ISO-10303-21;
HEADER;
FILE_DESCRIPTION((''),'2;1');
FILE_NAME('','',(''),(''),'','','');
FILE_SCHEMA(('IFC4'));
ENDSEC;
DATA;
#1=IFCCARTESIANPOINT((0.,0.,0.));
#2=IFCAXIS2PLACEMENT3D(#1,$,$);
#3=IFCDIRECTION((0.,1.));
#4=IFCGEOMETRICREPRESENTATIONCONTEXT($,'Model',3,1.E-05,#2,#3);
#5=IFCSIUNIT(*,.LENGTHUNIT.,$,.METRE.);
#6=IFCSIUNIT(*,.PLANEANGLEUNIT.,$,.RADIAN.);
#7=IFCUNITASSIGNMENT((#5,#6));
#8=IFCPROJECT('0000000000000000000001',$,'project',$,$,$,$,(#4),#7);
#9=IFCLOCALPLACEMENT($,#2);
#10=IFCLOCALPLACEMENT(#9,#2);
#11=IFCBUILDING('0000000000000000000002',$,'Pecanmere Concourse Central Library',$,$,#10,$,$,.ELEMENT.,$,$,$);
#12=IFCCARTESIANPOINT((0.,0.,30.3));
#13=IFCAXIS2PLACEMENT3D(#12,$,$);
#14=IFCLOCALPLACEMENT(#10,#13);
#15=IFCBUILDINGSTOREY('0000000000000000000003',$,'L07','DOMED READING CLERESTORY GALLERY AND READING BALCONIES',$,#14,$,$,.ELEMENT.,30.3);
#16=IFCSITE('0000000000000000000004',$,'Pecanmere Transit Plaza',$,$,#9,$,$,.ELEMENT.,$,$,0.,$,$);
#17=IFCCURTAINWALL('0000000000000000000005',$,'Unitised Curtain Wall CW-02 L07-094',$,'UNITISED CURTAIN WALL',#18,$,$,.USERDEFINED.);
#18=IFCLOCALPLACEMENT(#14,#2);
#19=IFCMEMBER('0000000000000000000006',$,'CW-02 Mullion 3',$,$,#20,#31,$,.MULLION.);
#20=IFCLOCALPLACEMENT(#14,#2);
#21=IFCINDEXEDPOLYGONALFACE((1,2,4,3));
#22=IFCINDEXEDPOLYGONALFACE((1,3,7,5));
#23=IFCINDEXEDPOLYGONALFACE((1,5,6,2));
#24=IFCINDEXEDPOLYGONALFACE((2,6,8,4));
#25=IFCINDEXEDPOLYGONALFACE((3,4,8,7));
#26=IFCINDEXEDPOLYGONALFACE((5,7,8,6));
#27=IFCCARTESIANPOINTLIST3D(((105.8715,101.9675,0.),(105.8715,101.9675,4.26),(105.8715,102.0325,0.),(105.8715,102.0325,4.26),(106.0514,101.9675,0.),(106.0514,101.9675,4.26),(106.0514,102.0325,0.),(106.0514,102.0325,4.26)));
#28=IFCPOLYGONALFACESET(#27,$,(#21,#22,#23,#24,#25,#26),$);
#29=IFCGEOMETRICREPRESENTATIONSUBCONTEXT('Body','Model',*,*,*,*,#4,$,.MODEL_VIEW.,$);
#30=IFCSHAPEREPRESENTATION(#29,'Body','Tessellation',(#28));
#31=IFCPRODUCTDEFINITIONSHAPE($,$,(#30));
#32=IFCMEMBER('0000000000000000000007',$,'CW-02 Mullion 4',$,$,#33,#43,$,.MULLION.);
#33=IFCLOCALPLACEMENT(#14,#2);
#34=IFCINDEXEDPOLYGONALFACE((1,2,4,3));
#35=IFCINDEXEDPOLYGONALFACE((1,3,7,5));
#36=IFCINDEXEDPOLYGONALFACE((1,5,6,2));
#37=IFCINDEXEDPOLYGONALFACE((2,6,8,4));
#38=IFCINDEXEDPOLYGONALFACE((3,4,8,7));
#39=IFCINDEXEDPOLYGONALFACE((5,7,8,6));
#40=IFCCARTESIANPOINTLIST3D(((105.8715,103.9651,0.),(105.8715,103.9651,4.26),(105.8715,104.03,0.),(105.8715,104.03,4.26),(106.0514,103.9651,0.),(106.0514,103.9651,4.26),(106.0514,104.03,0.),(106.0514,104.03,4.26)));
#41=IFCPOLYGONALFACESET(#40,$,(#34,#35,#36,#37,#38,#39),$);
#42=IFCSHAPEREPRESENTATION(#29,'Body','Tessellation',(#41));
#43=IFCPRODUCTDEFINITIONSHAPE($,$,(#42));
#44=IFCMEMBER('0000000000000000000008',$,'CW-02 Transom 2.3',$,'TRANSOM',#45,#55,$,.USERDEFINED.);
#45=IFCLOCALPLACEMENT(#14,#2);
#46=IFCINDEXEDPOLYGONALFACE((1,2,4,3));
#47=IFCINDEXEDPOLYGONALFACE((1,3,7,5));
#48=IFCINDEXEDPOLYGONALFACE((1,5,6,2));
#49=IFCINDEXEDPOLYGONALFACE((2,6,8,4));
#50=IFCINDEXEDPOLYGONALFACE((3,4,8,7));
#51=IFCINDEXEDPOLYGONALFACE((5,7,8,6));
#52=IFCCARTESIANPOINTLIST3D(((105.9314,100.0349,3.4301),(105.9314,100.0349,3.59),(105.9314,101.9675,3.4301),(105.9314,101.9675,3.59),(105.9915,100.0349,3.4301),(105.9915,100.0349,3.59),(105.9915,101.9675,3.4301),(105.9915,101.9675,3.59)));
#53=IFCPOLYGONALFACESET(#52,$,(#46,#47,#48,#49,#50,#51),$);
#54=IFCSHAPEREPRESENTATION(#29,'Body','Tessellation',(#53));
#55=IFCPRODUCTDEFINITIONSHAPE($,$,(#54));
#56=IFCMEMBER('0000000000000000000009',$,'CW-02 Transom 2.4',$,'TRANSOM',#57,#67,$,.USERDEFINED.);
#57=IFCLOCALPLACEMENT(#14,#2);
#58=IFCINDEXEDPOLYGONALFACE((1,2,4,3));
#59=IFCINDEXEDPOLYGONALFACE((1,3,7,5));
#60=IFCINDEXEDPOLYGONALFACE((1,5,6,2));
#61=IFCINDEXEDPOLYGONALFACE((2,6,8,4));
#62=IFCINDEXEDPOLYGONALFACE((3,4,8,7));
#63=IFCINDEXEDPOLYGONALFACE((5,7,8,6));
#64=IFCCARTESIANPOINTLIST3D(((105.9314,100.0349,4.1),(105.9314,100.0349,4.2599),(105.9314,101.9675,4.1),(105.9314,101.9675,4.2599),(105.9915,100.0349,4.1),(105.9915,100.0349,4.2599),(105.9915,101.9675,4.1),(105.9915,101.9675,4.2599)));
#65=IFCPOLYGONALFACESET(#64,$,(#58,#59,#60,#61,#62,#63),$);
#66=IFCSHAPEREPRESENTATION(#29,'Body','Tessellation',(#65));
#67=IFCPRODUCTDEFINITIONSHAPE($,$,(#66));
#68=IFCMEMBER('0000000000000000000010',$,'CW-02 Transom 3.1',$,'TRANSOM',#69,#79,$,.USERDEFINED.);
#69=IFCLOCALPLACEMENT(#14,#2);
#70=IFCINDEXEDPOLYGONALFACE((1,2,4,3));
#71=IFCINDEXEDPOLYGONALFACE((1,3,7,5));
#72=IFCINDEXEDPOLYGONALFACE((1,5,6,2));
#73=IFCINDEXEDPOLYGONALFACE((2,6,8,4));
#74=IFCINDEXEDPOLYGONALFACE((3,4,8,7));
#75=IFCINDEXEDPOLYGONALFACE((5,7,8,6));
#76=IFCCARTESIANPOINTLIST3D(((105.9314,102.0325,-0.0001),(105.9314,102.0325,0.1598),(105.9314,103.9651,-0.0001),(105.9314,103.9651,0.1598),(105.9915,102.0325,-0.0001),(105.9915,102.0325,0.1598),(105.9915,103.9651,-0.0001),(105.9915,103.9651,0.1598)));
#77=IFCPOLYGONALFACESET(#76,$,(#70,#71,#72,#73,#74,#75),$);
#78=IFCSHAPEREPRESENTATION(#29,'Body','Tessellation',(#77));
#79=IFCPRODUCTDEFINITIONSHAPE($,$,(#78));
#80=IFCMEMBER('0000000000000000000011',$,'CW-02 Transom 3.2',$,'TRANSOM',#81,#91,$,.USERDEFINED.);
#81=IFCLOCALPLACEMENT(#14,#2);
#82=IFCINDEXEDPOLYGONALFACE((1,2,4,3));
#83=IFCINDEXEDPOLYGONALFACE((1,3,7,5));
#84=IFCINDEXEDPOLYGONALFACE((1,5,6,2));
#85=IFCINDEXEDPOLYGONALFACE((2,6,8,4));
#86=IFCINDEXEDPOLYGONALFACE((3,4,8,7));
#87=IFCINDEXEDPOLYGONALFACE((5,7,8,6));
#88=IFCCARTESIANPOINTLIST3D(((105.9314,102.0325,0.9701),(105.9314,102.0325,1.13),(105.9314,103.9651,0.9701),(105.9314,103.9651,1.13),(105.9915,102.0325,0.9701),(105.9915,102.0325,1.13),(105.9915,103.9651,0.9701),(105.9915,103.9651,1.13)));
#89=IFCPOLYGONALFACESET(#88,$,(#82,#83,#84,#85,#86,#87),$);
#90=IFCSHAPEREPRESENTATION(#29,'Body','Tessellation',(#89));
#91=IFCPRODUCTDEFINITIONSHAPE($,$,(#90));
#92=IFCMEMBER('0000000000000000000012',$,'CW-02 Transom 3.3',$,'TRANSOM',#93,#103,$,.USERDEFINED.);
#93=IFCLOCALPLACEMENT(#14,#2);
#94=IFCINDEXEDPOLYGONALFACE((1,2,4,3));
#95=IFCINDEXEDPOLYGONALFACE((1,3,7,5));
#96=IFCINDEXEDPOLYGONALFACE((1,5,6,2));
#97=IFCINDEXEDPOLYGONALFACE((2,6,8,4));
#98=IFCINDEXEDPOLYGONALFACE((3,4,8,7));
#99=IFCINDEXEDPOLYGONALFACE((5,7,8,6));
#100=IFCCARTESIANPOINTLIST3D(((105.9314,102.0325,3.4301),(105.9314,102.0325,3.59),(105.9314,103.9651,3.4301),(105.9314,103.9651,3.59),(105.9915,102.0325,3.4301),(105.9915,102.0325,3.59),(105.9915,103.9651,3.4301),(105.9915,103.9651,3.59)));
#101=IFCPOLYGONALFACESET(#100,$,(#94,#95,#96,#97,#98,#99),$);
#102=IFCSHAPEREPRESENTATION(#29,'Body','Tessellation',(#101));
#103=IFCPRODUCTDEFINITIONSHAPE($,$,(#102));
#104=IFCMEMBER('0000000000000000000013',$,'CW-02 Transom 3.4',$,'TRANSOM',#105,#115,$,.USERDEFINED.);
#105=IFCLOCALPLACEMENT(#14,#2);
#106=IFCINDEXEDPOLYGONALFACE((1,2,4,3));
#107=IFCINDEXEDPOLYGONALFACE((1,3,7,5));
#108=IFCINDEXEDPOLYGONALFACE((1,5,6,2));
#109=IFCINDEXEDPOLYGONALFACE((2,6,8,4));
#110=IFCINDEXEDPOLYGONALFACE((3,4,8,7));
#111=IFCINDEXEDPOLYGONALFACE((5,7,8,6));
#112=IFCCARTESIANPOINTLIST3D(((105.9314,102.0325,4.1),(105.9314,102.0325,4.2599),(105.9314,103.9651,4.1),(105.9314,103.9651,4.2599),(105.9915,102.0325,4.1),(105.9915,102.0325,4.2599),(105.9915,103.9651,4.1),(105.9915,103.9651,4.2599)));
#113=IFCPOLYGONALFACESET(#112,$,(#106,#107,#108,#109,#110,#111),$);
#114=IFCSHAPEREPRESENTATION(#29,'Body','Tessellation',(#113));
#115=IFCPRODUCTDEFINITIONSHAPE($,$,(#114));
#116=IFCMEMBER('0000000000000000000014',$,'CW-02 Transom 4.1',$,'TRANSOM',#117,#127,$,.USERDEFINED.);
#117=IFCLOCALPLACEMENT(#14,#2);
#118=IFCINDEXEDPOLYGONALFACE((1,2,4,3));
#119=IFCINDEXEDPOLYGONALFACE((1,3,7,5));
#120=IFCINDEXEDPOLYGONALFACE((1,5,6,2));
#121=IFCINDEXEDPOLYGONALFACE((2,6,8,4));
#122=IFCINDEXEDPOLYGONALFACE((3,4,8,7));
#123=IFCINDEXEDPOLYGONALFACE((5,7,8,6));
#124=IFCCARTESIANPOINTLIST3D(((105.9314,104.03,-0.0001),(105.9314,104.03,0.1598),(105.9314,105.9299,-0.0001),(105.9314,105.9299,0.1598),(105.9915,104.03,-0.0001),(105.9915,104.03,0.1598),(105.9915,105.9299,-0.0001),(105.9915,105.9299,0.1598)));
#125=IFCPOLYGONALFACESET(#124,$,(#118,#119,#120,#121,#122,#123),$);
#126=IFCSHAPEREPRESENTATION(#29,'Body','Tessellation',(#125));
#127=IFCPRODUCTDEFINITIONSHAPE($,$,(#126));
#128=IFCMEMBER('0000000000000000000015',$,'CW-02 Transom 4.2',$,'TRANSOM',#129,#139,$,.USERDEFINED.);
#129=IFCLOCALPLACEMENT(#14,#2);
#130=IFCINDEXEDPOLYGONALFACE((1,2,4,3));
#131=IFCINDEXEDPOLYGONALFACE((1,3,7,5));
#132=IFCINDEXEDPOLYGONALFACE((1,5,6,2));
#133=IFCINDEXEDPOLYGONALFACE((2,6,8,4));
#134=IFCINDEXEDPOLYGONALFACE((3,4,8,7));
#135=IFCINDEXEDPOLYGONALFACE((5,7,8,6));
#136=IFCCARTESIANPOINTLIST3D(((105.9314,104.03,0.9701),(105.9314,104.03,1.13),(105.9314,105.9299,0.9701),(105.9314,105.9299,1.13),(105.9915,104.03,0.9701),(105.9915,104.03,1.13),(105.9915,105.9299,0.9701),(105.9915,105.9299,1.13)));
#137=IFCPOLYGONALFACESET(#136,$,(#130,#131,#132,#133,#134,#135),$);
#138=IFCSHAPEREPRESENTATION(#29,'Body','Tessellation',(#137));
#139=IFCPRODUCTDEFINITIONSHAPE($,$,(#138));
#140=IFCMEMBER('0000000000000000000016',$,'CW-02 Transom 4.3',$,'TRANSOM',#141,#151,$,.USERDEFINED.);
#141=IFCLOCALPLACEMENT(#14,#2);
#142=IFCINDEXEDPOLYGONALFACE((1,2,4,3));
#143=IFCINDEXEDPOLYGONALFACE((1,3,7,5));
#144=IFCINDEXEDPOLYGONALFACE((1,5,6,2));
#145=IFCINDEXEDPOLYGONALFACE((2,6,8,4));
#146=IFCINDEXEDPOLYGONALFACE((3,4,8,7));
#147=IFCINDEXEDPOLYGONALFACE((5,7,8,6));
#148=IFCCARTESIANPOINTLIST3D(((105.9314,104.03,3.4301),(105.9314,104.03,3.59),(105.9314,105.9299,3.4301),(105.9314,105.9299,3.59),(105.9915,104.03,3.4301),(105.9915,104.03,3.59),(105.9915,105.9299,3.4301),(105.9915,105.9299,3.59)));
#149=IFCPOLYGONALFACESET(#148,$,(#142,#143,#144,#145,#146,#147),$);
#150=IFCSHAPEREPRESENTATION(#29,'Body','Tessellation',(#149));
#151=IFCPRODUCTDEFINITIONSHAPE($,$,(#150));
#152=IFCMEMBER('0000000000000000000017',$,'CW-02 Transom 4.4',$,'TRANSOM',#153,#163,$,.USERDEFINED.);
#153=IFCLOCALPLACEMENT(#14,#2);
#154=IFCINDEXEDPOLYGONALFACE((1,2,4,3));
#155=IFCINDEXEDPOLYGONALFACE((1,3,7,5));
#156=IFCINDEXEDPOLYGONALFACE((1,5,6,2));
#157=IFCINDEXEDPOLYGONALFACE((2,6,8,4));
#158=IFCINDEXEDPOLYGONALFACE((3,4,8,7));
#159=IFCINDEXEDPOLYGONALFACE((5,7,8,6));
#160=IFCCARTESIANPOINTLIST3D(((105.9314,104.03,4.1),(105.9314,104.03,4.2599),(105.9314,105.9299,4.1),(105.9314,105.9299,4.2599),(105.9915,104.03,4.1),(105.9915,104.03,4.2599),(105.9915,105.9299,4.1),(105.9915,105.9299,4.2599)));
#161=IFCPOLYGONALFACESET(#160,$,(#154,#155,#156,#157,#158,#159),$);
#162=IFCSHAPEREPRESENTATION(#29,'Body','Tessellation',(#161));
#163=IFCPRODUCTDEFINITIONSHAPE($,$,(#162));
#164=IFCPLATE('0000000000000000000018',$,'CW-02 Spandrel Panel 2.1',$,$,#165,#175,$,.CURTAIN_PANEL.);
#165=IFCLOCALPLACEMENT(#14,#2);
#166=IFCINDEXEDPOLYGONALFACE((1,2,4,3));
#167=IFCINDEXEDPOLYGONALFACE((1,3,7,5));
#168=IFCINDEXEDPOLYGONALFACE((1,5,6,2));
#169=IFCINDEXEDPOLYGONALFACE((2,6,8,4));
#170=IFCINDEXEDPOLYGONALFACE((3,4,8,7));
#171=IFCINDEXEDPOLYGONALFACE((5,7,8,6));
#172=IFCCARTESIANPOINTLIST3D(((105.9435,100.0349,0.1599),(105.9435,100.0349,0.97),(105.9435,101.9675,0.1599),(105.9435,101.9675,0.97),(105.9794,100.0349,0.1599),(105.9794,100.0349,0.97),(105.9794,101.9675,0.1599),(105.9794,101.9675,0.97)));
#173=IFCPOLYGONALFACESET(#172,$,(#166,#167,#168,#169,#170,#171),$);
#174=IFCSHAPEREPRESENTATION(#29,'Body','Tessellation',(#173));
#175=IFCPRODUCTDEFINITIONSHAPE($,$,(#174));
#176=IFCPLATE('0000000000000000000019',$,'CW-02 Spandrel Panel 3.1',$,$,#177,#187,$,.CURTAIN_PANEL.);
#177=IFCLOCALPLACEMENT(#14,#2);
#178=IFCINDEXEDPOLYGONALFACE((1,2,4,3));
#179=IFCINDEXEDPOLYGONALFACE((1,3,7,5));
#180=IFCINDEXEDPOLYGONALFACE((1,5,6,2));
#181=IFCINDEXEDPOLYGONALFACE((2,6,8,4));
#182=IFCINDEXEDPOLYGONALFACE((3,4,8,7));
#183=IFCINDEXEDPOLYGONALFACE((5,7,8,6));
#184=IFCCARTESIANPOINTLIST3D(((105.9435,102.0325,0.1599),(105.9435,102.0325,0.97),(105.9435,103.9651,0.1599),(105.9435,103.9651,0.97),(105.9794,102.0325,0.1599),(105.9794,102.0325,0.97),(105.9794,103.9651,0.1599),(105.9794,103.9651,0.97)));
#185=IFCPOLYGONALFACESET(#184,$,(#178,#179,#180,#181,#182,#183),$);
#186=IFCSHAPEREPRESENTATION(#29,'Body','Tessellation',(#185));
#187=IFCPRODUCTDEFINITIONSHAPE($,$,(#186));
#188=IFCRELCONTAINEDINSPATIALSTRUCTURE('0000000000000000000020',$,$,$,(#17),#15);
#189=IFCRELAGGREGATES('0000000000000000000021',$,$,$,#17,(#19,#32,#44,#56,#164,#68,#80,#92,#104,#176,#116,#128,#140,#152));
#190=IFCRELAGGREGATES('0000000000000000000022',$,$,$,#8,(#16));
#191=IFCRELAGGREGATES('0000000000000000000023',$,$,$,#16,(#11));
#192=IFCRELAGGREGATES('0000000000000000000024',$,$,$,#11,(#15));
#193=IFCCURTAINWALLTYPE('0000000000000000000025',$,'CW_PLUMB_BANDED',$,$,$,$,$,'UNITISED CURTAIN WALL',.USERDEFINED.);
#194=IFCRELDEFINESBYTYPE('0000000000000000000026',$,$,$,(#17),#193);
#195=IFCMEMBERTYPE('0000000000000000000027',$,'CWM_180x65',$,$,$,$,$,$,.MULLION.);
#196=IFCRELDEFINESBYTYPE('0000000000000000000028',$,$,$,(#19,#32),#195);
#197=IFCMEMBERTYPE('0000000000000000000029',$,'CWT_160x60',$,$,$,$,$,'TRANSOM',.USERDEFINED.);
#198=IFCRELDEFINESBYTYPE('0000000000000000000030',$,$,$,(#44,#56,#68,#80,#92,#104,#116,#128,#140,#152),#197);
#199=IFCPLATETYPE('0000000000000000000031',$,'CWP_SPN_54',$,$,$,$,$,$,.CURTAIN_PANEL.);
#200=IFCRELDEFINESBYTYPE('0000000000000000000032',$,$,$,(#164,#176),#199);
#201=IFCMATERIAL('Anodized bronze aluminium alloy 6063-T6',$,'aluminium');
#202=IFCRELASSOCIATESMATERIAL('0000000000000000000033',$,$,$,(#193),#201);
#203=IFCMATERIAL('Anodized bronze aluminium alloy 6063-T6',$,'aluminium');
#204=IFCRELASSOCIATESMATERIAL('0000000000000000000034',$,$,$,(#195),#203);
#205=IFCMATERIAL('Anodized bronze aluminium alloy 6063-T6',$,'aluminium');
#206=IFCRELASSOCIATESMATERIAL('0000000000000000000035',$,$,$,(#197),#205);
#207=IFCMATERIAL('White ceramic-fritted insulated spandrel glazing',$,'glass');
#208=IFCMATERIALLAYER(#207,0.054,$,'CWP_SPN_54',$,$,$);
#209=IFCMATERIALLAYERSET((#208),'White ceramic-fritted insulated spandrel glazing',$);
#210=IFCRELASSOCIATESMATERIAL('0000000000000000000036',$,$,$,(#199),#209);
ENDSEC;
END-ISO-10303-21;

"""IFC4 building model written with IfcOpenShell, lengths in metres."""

from ifc_helpers import new_model, si_unit, direction, frame, origin, origin_2d, place, context, subcontext, project, spatial, rectangle, extrude, material, layer, layer_set, material_profile, profile_set, type_object, element, aggregate, save


model = new_model("IFC4")

# Units and contexts
model_context = context("Model", 3, precision=1e-05, world=origin(), true_north=direction((0.0, 1.0)))
body_context = subcontext(model_context, "Body", "Model", "MODEL_VIEW")
ifc_project = project(units=[si_unit("LENGTHUNIT", "METRE"), si_unit("PLANEANGLEUNIT", "RADIAN")], contexts=[model_context])

# Site, building, storey
site_placement = place(None, origin())
site = spatial("IfcSite", under=ifc_project, at=site_placement, Name="Pecanmere Transit Plaza", CompositionType="ELEMENT", RefElevation=0.0)
building_placement = place(site_placement, origin())
building = spatial("IfcBuilding", under=site, at=building_placement, Name="Pecanmere Concourse Central Library", CompositionType="ELEMENT")
storey_placement = place(building_placement, frame((0.0, 0.0, 30.3)))
storey = spatial("IfcBuildingStorey", under=building, at=storey_placement, Name="L07", Description="DOMED READING CLERESTORY GALLERY AND READING BALCONIES", CompositionType="ELEMENT", Elevation=30.3)

# Curtain wall, members, plates
ifc_material_1 = material(Name="Anodized bronze aluminium alloy 6063-T6", Category="aluminium")
curtain_wall_type = type_object("IfcCurtainWallType", Name="CW_PLUMB_BANDED", ElementType="UNITISED CURTAIN WALL", PredefinedType="USERDEFINED", material=ifc_material_1)
curtain_wall_placement = place(storey_placement, origin())
curtain_wall = element("IfcCurtainWall", 1, at=curtain_wall_placement, inside=storey, type_object=curtain_wall_type, Name="Unitised Curtain Wall CW-02 L07-094", ObjectType="UNITISED CURTAIN WALL", PredefinedType="USERDEFINED")
ifc_material_2 = material(Name="Anodized bronze aluminium alloy 6063-T6", Category="aluminium")
ifc_material_profile_1 = material_profile(ifc_material_2, rectangle(XDim=0.0649, YDim=0.1799, at=origin_2d()), Name="AL 65x180")
ifc_profile_set_1 = profile_set([ifc_material_profile_1], Name="Anodized bronze aluminium alloy 6063-T6")
member_type_1 = type_object("IfcMemberType", Name="CWM_180x65", PredefinedType="MULLION", material=ifc_profile_set_1)
member_1_placement = place(storey_placement, frame((105.9614, 102.0, 0.0), z_axis=(0.0, 0.0, 1.0), x_axis=(0.0, 1.0, 0.0)))
member_1 = element("IfcMember", 2, at=member_1_placement, type_object=member_type_1, Name="CW-02 Mullion 3", PredefinedType="MULLION", context=body_context, shape_type="SweptSolid", body=[
    extrude(rectangle(XDim=0.0649, YDim=0.1799, at=origin_2d()), origin(), (0.0, 0.0, 1.0), 4.26),
])
member_2_placement = place(storey_placement, frame((105.9614, 103.9976, 0.0), z_axis=(0.0, 0.0, 1.0), x_axis=(0.0, 1.0, 0.0)))
member_2 = element("IfcMember", 3, at=member_2_placement, type_object=member_type_1, Name="CW-02 Mullion 4", PredefinedType="MULLION", context=body_context, shape_type="SweptSolid", body=[
    extrude(rectangle(XDim=0.0649, YDim=0.1799, at=origin_2d()), origin(), (0.0, 0.0, 1.0), 4.26),
])
ifc_material_3 = material(Name="Anodized bronze aluminium alloy 6063-T6", Category="aluminium")
ifc_material_profile_2 = material_profile(ifc_material_3, rectangle(XDim=0.0601, YDim=0.1599, at=origin_2d()), Name="AL 60x160")
ifc_profile_set_2 = profile_set([ifc_material_profile_2], Name="Anodized bronze aluminium alloy 6063-T6")
member_type_2 = type_object("IfcMemberType", Name="CWT_160x60", ElementType="TRANSOM", PredefinedType="USERDEFINED", material=ifc_profile_set_2)
member_3_placement = place(storey_placement, frame((105.9614, 100.0349, 3.51), z_axis=(0.0, 1.0, 0.0), x_axis=(-1.0, 0.0, 0.0)))
member_3 = element("IfcMember", 4, at=member_3_placement, type_object=member_type_2, Name="CW-02 Transom 2.3", ObjectType="TRANSOM", PredefinedType="USERDEFINED", context=body_context, shape_type="SweptSolid", body=[
    extrude(rectangle(XDim=0.0601, YDim=0.1599, at=origin_2d()), origin(), (0.0, 0.0, 1.0), 1.9326),
])
member_4_placement = place(storey_placement, frame((105.9614, 100.0349, 4.1799), z_axis=(0.0, 1.0, 0.0), x_axis=(-1.0, 0.0, 0.0)))
member_4 = element("IfcMember", 5, at=member_4_placement, type_object=member_type_2, Name="CW-02 Transom 2.4", ObjectType="TRANSOM", PredefinedType="USERDEFINED", context=body_context, shape_type="SweptSolid", body=[
    extrude(rectangle(XDim=0.0601, YDim=0.1599, at=origin_2d()), origin(), (0.0, 0.0, 1.0), 1.9326),
])
member_5_placement = place(storey_placement, frame((105.9614, 102.0325, 0.0798), z_axis=(0.0, 1.0, 0.0), x_axis=(-1.0, 0.0, 0.0)))
member_5 = element("IfcMember", 6, at=member_5_placement, type_object=member_type_2, Name="CW-02 Transom 3.1", ObjectType="TRANSOM", PredefinedType="USERDEFINED", context=body_context, shape_type="SweptSolid", body=[
    extrude(rectangle(XDim=0.0601, YDim=0.1599, at=origin_2d()), origin(), (0.0, 0.0, 1.0), 1.9326),
])
member_6_placement = place(storey_placement, frame((105.9614, 102.0325, 1.05), z_axis=(0.0, 1.0, 0.0), x_axis=(-1.0, 0.0, 0.0)))
member_6 = element("IfcMember", 7, at=member_6_placement, type_object=member_type_2, Name="CW-02 Transom 3.2", ObjectType="TRANSOM", PredefinedType="USERDEFINED", context=body_context, shape_type="SweptSolid", body=[
    extrude(rectangle(XDim=0.0601, YDim=0.1599, at=origin_2d()), origin(), (0.0, 0.0, 1.0), 1.9326),
])
member_7_placement = place(storey_placement, frame((105.9614, 102.0325, 3.51), z_axis=(0.0, 1.0, 0.0), x_axis=(-1.0, 0.0, 0.0)))
member_7 = element("IfcMember", 8, at=member_7_placement, type_object=member_type_2, Name="CW-02 Transom 3.3", ObjectType="TRANSOM", PredefinedType="USERDEFINED", context=body_context, shape_type="SweptSolid", body=[
    extrude(rectangle(XDim=0.0601, YDim=0.1599, at=origin_2d()), origin(), (0.0, 0.0, 1.0), 1.9326),
])
member_8_placement = place(storey_placement, frame((105.9614, 102.0325, 4.1799), z_axis=(0.0, 1.0, 0.0), x_axis=(-1.0, 0.0, 0.0)))
member_8 = element("IfcMember", 9, at=member_8_placement, type_object=member_type_2, Name="CW-02 Transom 3.4", ObjectType="TRANSOM", PredefinedType="USERDEFINED", context=body_context, shape_type="SweptSolid", body=[
    extrude(rectangle(XDim=0.0601, YDim=0.1599, at=origin_2d()), origin(), (0.0, 0.0, 1.0), 1.9326),
])
member_9_placement = place(storey_placement, frame((105.9614, 104.03, 0.0798), z_axis=(0.0, 1.0, 0.0), x_axis=(-1.0, 0.0, 0.0)))
member_9 = element("IfcMember", 10, at=member_9_placement, type_object=member_type_2, Name="CW-02 Transom 4.1", ObjectType="TRANSOM", PredefinedType="USERDEFINED", context=body_context, shape_type="SweptSolid", body=[
    extrude(rectangle(XDim=0.0601, YDim=0.1599, at=origin_2d()), origin(), (0.0, 0.0, 1.0), 1.8999),
])
member_10_placement = place(storey_placement, frame((105.9614, 104.03, 1.05), z_axis=(0.0, 1.0, 0.0), x_axis=(-1.0, 0.0, 0.0)))
member_10 = element("IfcMember", 11, at=member_10_placement, type_object=member_type_2, Name="CW-02 Transom 4.2", ObjectType="TRANSOM", PredefinedType="USERDEFINED", context=body_context, shape_type="SweptSolid", body=[
    extrude(rectangle(XDim=0.0601, YDim=0.1599, at=origin_2d()), origin(), (0.0, 0.0, 1.0), 1.8999),
])
member_11_placement = place(storey_placement, frame((105.9614, 104.03, 3.51), z_axis=(0.0, 1.0, 0.0), x_axis=(-1.0, 0.0, 0.0)))
member_11 = element("IfcMember", 12, at=member_11_placement, type_object=member_type_2, Name="CW-02 Transom 4.3", ObjectType="TRANSOM", PredefinedType="USERDEFINED", context=body_context, shape_type="SweptSolid", body=[
    extrude(rectangle(XDim=0.0601, YDim=0.1599, at=origin_2d()), origin(), (0.0, 0.0, 1.0), 1.8999),
])
member_12_placement = place(storey_placement, frame((105.9614, 104.03, 4.1799), z_axis=(0.0, 1.0, 0.0), x_axis=(-1.0, 0.0, 0.0)))
member_12 = element("IfcMember", 13, at=member_12_placement, type_object=member_type_2, Name="CW-02 Transom 4.4", ObjectType="TRANSOM", PredefinedType="USERDEFINED", context=body_context, shape_type="SweptSolid", body=[
    extrude(rectangle(XDim=0.0601, YDim=0.1599, at=origin_2d()), origin(), (0.0, 0.0, 1.0), 1.8999),
])
ifc_material_4 = material(Name="White ceramic-fritted insulated spandrel glazing", Category="glass")
ifc_layer_1 = layer(ifc_material_4, 0.054, Name="CWP_SPN_54")
ifc_layer_set_1 = layer_set([ifc_layer_1], Name="White ceramic-fritted insulated spandrel glazing")
plate_type_1 = type_object("IfcPlateType", Name="CWP_SPN_54", PredefinedType="CURTAIN_PANEL", material=ifc_layer_set_1)
plate_1_placement = place(storey_placement, frame((105.9614, 101.0012, 0.1599), z_axis=(0.0, 0.0, 1.0), x_axis=(0.0, 1.0, 0.0)))
plate_1 = element("IfcPlate", 14, at=plate_1_placement, type_object=plate_type_1, Name="CW-02 Spandrel Panel 2.1", PredefinedType="CURTAIN_PANEL", context=body_context, shape_type="SweptSolid", body=[
    extrude(rectangle(XDim=1.9326, YDim=0.0359, at=origin_2d()), origin(), (0.0, 0.0, 1.0), 0.8101),
])
plate_2_placement = place(storey_placement, frame((105.9614, 102.9988, 0.1599), z_axis=(0.0, 0.0, 1.0), x_axis=(0.0, 1.0, 0.0)))
plate_2 = element("IfcPlate", 15, at=plate_2_placement, type_object=plate_type_1, Name="CW-02 Spandrel Panel 3.1", PredefinedType="CURTAIN_PANEL", context=body_context, shape_type="SweptSolid", body=[
    extrude(rectangle(XDim=1.9326, YDim=0.0359, at=origin_2d()), origin(), (0.0, 0.0, 1.0), 0.8101),
])
aggregate(curtain_wall, [member_1, member_2, member_3, member_4, plate_1, member_5, member_6, member_7, member_8, plate_2, member_9, member_10, member_11, member_12])

save(model, "model.ifc")
